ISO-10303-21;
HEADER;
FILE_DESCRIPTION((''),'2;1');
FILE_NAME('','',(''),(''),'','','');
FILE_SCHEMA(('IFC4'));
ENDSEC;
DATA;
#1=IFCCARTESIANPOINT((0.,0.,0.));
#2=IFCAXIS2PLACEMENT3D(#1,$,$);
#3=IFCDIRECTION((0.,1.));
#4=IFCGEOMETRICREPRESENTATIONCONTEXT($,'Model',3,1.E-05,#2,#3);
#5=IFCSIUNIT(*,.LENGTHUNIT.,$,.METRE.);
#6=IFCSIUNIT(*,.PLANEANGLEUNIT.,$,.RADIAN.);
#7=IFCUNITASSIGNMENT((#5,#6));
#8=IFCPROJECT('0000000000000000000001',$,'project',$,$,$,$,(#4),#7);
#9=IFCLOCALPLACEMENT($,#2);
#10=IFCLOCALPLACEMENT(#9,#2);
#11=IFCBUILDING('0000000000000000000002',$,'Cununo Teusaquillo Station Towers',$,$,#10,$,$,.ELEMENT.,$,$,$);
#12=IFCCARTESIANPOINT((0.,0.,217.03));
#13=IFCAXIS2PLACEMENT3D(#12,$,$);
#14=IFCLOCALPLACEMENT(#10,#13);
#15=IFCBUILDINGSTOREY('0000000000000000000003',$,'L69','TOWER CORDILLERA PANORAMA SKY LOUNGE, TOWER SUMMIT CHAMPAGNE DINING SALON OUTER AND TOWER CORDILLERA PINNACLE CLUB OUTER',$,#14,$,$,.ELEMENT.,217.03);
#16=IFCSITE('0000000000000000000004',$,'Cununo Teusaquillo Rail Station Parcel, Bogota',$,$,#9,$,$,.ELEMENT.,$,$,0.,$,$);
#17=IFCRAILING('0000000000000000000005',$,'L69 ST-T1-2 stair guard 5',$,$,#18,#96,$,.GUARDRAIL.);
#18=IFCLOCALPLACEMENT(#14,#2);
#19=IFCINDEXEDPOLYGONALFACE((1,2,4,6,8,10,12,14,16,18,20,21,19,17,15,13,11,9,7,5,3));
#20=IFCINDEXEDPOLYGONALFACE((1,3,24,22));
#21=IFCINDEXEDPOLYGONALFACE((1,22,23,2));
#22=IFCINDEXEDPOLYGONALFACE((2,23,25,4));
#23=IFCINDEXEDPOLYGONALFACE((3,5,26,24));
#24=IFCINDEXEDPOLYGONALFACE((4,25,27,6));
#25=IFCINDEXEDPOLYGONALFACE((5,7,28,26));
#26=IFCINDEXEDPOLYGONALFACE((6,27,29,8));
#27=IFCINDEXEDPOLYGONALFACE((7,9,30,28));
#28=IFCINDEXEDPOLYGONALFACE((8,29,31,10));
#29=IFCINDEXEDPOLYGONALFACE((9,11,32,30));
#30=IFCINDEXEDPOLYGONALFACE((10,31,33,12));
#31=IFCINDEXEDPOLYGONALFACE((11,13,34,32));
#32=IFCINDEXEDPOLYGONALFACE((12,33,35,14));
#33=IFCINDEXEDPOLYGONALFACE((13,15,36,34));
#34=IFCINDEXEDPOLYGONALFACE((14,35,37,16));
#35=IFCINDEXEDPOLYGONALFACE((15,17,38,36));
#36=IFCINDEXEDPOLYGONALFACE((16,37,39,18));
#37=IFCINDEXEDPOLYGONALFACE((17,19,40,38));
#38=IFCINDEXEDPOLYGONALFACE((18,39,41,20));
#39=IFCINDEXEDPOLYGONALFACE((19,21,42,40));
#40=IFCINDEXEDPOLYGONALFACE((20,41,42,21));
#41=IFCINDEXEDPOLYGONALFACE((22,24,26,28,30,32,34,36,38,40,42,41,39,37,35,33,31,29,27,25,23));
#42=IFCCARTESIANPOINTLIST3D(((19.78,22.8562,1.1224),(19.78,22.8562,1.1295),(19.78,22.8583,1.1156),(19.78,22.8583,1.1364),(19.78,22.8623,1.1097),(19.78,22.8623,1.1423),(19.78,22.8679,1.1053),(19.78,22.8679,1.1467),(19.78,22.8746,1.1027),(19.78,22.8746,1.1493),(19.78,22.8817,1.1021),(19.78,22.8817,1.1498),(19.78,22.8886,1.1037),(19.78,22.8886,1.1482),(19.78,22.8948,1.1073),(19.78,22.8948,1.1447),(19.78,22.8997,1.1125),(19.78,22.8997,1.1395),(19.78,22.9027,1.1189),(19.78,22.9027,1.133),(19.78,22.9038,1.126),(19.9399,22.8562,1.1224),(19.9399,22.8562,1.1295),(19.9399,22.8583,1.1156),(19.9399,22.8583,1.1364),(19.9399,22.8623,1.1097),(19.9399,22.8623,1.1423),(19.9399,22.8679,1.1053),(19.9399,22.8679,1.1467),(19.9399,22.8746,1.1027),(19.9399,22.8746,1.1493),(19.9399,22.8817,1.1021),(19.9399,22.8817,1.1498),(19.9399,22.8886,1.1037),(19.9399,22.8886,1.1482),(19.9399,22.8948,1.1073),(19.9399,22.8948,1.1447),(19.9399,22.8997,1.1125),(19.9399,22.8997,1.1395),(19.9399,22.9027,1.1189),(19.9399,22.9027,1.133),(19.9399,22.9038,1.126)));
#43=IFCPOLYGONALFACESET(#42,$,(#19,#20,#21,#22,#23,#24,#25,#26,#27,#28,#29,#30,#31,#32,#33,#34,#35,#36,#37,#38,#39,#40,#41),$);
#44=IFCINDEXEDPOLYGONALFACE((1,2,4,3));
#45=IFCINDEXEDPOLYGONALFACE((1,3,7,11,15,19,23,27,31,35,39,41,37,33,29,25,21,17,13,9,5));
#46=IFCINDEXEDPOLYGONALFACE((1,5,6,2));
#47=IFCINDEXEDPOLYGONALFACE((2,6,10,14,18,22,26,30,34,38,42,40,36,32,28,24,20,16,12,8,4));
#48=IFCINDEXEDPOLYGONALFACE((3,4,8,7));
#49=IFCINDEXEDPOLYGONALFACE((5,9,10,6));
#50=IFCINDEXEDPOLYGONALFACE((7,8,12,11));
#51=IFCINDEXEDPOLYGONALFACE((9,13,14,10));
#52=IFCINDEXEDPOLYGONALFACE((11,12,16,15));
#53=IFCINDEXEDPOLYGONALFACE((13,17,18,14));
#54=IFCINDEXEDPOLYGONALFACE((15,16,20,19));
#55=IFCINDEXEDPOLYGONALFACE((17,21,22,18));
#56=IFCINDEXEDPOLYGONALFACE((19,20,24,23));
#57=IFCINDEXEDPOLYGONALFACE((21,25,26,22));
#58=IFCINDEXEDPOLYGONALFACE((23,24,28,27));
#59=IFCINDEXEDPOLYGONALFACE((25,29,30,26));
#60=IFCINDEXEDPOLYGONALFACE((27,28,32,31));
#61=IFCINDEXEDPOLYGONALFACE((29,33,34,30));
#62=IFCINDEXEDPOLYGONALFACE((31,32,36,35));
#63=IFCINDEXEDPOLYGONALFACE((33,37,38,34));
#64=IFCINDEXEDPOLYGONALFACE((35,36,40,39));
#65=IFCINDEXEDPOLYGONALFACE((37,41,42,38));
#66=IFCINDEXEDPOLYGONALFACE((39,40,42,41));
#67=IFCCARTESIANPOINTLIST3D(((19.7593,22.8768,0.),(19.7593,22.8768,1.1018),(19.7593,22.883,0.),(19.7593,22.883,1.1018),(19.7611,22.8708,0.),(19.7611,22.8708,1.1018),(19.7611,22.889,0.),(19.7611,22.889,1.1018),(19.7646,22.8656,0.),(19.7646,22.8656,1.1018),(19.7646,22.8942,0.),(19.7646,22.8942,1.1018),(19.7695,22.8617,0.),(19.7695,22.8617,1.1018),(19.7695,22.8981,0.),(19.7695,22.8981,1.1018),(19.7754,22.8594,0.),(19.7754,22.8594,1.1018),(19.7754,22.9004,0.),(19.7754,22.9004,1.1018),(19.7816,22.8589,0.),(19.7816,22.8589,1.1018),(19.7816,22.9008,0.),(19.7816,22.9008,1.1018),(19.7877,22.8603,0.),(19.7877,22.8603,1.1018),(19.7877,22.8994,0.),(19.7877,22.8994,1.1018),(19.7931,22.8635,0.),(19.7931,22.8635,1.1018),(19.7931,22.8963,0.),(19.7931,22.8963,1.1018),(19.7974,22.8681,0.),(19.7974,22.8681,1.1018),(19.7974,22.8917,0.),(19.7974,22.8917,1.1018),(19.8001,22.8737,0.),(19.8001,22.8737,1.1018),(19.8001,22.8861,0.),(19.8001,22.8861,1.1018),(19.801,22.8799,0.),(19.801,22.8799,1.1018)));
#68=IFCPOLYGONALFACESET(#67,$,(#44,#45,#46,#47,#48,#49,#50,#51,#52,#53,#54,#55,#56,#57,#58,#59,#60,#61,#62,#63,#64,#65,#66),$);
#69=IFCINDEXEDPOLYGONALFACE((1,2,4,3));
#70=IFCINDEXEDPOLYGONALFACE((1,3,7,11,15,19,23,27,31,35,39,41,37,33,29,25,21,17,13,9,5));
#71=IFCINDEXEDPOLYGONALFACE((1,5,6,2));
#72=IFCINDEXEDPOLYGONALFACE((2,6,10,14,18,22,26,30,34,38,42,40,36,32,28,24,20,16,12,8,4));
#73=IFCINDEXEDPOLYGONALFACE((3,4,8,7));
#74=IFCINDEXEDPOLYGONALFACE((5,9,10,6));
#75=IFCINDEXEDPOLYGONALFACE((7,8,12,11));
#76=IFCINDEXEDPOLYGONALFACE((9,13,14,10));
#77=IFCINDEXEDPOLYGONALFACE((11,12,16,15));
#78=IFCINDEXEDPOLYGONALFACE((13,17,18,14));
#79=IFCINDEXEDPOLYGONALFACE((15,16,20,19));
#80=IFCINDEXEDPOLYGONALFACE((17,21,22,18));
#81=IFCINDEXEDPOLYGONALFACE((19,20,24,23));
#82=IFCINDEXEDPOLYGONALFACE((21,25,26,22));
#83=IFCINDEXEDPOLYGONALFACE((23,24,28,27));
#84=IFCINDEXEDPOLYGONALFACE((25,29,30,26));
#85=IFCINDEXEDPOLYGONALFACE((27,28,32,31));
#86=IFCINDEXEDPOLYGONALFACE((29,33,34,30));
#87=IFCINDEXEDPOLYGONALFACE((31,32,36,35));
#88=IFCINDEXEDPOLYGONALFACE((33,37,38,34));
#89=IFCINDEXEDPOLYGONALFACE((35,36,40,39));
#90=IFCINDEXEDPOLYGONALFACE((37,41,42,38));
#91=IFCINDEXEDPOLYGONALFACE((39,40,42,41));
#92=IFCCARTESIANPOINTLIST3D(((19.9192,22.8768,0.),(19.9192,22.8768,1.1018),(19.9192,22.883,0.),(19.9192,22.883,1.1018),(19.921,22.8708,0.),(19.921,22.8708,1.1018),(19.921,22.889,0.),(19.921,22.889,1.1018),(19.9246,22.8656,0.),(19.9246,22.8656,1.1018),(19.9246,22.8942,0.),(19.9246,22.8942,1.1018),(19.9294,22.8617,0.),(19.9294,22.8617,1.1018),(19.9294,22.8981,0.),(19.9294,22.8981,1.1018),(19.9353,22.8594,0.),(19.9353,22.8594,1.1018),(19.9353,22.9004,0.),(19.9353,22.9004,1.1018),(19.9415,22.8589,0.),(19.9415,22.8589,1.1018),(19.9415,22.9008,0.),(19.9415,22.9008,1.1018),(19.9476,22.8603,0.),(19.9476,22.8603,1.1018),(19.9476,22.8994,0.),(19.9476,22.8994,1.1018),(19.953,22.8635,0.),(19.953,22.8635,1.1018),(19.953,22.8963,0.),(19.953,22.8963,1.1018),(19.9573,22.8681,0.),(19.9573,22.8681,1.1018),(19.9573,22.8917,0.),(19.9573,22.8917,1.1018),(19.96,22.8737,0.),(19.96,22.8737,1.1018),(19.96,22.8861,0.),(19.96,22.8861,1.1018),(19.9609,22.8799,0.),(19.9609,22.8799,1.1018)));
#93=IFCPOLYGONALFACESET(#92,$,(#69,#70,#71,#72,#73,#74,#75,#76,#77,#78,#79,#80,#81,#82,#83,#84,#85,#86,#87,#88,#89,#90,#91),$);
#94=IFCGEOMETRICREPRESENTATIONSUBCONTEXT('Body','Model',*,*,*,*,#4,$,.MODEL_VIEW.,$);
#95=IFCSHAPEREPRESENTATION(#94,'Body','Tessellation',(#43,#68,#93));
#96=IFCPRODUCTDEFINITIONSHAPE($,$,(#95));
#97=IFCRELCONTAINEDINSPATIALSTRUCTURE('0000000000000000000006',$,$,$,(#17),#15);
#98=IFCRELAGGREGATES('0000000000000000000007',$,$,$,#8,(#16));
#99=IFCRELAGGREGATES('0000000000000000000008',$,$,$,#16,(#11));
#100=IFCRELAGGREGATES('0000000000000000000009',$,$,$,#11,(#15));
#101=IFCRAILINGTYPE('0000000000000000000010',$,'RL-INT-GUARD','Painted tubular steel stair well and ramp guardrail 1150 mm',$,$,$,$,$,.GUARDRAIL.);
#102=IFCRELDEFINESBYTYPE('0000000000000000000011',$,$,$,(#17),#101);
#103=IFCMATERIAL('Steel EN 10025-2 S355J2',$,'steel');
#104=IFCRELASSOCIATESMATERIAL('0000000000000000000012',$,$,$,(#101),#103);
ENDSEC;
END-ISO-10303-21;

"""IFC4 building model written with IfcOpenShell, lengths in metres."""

from ifc_helpers import new_model, si_unit, direction, frame, origin, origin_2d, place, context, subcontext, project, spatial, circle, extrude, material, type_object, element, save


model = new_model("IFC4")

# Units and contexts
model_context = context("Model", 3, precision=1e-05, world=origin(), true_north=direction((0.0, 1.0)))
body_context = subcontext(model_context, "Body", "Model", "MODEL_VIEW")
ifc_project = project(units=[si_unit("LENGTHUNIT", "METRE"), si_unit("PLANEANGLEUNIT", "RADIAN")], contexts=[model_context])

# Site, building, storey
site_placement = place(None, origin())
site = spatial("IfcSite", under=ifc_project, at=site_placement, Name="Cununo Teusaquillo Rail Station Parcel, Bogota", CompositionType="ELEMENT", RefElevation=0.0)
building_placement = place(site_placement, origin())
building = spatial("IfcBuilding", under=site, at=building_placement, Name="Cununo Teusaquillo Station Towers", CompositionType="ELEMENT")
storey_placement = place(building_placement, frame((0.0, 0.0, 217.03)))
storey = spatial("IfcBuildingStorey", under=building, at=storey_placement, Name="L69", Description="TOWER CORDILLERA PANORAMA SKY LOUNGE, TOWER SUMMIT CHAMPAGNE DINING SALON OUTER AND TOWER CORDILLERA PINNACLE CLUB OUTER", CompositionType="ELEMENT", Elevation=217.03)

# Railing
ifc_material_1 = material(Name="Steel EN 10025-2 S355J2", Category="steel")
railing_type_1 = type_object("IfcRailingType", Name="RL-INT-GUARD", Description="Painted tubular steel stair well and ramp guardrail 1150 mm", PredefinedType="GUARDRAIL", material=ifc_material_1)
railing_1_placement = place(storey_placement, frame((19.78, 22.8799, 0.0)))
element("IfcRailing", 1, at=railing_1_placement, inside=storey, type_object=railing_type_1, Name="L69 ST-T1-2 stair guard 5", PredefinedType="GUARDRAIL", context=body_context, shape_type="SweptSolid", body=[
    extrude(circle(Radius=0.0239, at=origin_2d()), frame((0.0, 0.0, 1.126), z_axis=(1.0, 0.0, 0.0), x_axis=(0.0, 1.0, 0.0)), (0.0, 0.0, 1.0), 0.1599),
    extrude(circle(Radius=0.021, at=origin_2d()), origin(), (0.0, 0.0, 1.0), 1.1018),
    extrude(circle(Radius=0.021, at=origin_2d()), frame((0.1599, 0.0, 0.0)), (0.0, 0.0, 1.0), 1.1018),
])

save(model, "model.ifc")
